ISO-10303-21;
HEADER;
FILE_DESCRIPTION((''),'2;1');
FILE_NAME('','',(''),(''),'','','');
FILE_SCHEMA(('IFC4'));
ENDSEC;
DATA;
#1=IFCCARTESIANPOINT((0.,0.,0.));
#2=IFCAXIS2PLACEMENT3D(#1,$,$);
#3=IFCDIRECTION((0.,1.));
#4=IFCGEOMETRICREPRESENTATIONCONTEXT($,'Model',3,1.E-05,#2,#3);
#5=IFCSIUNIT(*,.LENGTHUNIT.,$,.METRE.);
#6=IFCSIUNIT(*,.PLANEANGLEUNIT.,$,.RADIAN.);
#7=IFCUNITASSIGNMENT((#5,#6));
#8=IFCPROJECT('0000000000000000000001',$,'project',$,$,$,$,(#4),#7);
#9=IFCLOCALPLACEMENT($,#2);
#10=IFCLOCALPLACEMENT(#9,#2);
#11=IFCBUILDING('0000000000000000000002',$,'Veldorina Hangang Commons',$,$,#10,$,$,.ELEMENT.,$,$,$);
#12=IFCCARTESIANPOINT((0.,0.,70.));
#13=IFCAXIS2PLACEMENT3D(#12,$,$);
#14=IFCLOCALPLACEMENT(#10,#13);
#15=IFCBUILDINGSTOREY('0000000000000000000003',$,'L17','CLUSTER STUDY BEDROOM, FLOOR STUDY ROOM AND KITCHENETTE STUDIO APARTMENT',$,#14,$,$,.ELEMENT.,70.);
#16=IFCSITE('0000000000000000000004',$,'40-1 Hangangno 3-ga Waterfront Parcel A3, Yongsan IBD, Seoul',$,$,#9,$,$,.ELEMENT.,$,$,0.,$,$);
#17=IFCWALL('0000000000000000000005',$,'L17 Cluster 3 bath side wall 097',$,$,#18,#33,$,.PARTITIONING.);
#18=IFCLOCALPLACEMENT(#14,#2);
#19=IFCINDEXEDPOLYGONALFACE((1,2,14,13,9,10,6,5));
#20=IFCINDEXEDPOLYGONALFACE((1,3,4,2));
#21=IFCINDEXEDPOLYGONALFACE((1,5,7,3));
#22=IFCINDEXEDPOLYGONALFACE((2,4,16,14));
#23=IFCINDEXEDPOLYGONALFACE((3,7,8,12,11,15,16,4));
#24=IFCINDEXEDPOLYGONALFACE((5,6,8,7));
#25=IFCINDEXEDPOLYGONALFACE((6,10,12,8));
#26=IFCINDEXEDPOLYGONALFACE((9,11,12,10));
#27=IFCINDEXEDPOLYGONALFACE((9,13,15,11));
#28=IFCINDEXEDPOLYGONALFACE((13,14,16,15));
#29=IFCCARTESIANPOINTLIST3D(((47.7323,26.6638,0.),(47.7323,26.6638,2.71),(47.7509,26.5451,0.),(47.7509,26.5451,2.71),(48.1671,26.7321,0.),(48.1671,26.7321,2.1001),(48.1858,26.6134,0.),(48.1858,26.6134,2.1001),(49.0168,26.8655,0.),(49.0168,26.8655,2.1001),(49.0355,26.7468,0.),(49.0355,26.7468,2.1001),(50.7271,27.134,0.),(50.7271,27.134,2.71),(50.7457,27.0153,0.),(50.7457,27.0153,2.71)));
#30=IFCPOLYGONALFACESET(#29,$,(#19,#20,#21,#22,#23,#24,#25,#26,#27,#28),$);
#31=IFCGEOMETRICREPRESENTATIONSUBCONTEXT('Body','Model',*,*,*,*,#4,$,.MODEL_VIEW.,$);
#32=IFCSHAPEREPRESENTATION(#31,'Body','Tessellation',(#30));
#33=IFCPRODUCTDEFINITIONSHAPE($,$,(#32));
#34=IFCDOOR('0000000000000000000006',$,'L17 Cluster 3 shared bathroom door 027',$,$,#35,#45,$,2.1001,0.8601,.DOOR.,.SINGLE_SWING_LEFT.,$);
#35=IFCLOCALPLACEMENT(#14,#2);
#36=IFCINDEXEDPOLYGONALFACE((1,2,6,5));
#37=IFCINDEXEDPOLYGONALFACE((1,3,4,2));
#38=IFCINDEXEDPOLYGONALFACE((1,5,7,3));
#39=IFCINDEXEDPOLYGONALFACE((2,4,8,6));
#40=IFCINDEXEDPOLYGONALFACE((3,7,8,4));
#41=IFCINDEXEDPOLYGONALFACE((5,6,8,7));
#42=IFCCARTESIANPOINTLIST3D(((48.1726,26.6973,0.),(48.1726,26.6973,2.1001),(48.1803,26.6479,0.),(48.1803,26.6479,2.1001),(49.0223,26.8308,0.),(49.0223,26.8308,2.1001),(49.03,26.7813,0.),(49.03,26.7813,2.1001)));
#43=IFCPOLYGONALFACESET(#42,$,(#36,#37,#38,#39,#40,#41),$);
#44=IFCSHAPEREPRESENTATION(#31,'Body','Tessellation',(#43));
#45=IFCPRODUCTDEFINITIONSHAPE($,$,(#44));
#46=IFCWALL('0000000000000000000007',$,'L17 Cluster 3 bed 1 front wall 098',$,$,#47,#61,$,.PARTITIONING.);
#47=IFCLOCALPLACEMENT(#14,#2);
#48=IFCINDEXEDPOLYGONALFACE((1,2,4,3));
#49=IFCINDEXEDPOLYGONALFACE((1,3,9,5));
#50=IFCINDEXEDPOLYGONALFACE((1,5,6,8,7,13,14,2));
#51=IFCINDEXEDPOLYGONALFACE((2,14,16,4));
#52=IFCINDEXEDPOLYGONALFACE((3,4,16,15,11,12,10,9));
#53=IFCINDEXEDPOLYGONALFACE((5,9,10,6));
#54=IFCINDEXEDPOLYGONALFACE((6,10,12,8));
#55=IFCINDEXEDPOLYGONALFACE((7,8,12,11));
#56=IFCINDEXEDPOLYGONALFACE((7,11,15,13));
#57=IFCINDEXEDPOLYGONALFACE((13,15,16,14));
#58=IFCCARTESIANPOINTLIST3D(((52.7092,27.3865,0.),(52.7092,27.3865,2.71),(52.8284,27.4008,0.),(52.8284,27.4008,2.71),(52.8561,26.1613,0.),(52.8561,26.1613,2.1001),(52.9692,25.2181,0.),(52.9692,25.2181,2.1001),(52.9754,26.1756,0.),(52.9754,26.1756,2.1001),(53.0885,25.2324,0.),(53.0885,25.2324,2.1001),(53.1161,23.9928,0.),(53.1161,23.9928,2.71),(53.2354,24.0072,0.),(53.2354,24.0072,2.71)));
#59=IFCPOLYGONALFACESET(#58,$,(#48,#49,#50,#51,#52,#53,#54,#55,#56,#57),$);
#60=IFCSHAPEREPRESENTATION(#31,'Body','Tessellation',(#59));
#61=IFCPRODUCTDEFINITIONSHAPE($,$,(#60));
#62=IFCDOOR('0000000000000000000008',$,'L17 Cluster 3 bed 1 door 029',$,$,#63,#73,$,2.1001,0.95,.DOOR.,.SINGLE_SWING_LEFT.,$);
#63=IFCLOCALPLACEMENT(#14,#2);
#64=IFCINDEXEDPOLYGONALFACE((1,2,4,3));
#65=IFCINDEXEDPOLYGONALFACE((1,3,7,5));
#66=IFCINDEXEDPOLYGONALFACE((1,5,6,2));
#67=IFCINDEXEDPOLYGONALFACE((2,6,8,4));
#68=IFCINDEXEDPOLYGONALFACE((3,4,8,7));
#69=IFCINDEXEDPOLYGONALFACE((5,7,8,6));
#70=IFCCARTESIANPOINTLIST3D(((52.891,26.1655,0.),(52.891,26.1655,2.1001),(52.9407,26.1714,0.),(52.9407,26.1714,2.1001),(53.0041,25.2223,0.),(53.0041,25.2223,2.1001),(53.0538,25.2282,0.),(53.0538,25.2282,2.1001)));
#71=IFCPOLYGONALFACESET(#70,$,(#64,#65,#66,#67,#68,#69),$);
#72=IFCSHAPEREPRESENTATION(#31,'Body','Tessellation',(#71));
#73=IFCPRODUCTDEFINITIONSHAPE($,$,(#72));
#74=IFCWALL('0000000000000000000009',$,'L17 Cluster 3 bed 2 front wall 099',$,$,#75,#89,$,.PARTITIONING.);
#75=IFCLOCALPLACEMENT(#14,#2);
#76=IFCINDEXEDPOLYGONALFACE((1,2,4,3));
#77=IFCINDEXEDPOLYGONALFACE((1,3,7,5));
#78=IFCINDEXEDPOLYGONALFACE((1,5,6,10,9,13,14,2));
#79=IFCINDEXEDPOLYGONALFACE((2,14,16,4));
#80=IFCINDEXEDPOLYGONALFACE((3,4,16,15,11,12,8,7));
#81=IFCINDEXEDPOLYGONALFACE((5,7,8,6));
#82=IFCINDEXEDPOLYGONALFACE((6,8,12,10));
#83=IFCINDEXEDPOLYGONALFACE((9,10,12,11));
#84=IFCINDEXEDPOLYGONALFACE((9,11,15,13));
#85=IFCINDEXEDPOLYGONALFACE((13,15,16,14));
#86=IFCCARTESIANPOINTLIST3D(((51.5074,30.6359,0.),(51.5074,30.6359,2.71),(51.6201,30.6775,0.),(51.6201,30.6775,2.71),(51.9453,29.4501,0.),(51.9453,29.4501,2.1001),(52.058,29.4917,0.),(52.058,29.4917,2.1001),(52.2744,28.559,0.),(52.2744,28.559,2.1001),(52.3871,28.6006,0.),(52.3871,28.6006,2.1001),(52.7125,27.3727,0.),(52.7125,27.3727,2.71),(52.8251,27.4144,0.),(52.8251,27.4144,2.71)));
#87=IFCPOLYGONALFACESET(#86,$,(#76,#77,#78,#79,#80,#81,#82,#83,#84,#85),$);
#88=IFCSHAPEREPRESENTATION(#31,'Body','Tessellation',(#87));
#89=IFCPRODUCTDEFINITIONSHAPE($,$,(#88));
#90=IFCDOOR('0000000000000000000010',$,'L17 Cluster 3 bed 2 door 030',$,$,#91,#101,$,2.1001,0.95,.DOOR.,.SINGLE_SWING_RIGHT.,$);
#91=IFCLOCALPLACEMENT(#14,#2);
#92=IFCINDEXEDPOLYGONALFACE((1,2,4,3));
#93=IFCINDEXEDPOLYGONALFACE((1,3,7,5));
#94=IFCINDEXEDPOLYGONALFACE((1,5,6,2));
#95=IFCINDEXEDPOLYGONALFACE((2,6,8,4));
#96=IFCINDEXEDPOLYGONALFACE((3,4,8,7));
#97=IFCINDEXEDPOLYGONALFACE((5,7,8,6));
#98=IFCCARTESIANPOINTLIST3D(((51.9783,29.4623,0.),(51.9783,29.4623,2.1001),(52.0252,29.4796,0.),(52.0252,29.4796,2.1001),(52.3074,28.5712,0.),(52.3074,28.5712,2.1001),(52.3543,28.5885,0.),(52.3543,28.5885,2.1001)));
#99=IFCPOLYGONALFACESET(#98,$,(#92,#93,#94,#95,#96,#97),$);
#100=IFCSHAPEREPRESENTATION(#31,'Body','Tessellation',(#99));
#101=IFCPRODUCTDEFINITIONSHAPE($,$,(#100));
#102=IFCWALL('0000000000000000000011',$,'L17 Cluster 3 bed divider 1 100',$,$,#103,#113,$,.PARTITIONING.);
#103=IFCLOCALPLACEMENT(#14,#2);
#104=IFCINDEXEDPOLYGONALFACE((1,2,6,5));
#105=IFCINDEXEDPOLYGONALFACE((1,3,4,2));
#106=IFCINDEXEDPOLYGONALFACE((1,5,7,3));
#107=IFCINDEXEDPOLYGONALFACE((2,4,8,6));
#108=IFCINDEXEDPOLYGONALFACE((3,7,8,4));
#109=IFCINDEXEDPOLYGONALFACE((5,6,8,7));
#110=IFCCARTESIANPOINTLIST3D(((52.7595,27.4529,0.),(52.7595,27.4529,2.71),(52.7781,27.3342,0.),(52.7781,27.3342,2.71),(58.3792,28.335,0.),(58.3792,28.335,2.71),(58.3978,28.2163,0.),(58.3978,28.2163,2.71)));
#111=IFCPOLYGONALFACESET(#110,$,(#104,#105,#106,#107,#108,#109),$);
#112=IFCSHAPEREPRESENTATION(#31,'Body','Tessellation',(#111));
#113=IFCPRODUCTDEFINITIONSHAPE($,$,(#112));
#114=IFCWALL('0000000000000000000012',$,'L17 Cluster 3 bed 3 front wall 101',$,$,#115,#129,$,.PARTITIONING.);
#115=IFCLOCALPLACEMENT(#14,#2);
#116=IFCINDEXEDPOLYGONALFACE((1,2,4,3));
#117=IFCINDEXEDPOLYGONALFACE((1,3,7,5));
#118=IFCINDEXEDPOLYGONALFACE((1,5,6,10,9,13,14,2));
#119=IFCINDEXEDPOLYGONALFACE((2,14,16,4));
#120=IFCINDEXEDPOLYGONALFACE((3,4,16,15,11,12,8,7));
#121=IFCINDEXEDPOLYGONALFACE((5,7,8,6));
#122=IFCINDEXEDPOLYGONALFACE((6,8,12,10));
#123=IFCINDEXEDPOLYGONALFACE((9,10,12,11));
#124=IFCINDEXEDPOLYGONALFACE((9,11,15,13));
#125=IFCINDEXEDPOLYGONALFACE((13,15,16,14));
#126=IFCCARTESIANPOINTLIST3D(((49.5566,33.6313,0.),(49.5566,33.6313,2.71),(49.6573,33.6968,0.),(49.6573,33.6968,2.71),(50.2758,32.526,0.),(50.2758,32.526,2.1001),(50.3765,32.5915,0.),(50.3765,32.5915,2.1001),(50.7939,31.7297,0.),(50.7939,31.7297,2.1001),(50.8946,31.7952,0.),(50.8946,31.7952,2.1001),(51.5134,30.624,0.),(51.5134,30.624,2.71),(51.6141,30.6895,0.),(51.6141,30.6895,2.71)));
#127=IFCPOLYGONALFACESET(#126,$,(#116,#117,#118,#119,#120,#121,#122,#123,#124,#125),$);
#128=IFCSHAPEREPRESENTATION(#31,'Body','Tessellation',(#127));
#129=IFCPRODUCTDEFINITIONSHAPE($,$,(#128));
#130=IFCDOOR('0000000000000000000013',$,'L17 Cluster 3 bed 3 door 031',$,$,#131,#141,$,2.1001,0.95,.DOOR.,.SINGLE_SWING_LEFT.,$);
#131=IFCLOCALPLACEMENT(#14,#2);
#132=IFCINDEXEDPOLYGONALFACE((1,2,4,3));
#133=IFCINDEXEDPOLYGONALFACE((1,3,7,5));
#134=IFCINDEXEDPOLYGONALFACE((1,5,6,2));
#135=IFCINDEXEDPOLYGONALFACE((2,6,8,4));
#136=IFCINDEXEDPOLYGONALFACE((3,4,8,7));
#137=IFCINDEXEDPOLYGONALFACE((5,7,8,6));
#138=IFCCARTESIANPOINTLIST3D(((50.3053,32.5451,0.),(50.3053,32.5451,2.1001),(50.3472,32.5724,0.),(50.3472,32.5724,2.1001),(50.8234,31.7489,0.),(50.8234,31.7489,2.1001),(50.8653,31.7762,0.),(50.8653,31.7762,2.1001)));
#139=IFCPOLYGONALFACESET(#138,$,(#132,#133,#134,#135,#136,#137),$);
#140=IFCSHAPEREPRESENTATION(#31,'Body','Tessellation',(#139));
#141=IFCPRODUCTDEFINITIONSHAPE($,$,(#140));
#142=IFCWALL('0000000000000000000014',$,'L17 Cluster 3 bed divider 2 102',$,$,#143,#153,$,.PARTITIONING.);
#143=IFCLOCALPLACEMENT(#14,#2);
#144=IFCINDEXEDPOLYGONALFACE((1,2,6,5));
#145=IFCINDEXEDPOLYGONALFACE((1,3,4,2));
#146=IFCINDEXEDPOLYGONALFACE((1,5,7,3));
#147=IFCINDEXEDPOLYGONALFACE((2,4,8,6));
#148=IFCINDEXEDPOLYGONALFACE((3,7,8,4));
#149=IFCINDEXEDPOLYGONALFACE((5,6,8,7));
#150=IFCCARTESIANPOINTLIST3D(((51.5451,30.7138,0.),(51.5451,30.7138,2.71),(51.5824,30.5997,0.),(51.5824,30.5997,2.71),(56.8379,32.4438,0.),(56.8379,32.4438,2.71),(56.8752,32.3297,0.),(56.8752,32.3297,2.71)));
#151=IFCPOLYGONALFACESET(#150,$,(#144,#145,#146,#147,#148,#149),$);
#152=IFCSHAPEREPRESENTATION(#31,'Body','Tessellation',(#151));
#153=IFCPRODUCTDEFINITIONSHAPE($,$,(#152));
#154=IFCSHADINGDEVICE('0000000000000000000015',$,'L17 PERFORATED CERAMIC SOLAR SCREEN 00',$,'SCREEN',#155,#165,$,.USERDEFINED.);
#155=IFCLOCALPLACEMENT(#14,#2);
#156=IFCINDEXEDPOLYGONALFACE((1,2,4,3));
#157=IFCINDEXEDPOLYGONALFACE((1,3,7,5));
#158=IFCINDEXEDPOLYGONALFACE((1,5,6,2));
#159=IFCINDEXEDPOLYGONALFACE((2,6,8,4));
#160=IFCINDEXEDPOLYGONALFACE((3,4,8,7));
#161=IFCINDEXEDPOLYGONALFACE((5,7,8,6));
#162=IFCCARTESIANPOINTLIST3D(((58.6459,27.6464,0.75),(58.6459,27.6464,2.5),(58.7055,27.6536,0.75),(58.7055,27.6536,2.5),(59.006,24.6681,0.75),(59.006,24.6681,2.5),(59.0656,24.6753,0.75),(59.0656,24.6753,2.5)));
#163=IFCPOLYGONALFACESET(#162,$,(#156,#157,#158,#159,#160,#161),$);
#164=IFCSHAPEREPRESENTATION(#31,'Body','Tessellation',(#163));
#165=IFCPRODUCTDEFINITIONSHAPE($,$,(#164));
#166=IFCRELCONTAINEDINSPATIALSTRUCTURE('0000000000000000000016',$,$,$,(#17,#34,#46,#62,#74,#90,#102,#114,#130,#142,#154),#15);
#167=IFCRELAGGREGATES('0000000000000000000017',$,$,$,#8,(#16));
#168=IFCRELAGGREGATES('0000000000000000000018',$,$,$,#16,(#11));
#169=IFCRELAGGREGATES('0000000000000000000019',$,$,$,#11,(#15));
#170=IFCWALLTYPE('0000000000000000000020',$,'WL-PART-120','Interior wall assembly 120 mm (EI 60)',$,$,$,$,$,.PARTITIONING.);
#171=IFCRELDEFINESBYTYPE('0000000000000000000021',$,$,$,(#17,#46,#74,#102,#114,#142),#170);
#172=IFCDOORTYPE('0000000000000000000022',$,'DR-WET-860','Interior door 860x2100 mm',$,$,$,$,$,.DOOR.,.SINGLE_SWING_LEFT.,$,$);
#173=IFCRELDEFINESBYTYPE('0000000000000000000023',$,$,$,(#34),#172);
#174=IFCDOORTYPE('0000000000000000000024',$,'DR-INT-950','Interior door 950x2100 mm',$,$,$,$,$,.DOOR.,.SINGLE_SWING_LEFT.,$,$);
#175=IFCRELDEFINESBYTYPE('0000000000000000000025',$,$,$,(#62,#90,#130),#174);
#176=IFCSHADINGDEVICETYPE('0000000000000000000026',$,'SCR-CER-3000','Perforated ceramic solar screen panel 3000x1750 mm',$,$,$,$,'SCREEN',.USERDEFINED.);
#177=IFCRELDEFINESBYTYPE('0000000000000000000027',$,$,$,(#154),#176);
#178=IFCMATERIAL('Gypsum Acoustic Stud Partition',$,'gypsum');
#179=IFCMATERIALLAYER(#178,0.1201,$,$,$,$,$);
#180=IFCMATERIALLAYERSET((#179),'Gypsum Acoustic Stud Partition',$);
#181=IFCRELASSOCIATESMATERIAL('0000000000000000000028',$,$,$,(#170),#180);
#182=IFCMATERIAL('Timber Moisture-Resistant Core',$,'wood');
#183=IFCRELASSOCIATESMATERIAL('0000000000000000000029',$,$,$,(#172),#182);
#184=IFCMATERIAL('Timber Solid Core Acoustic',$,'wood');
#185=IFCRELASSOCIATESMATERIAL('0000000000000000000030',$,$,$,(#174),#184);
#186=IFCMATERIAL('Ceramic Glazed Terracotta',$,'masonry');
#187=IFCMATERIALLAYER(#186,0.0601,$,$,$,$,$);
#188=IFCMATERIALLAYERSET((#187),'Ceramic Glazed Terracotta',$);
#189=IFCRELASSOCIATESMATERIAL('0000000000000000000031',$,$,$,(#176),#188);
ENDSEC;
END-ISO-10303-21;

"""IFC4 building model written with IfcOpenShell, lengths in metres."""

from ifc_helpers import new_model, si_unit, direction, frame, frame_2d, origin, origin_2d, place, context, subcontext, project, spatial, rectangle, extrude, material, layer, layer_set, type_object, element, fill, save


model = new_model("IFC4")

# Units and contexts
model_context = context("Model", 3, precision=1e-05, world=origin(), true_north=direction((0.0, 1.0)))
body_context = subcontext(model_context, "Body", "Model", "MODEL_VIEW")
ifc_project = project(units=[si_unit("LENGTHUNIT", "METRE"), si_unit("PLANEANGLEUNIT", "RADIAN")], contexts=[model_context])

# Site, building, storey
site_placement = place(None, origin())
site = spatial("IfcSite", under=ifc_project, at=site_placement, Name="40-1 Hangangno 3-ga Waterfront Parcel A3, Yongsan IBD, Seoul", CompositionType="ELEMENT", RefElevation=0.0)
building_placement = place(site_placement, origin())
building = spatial("IfcBuilding", under=site, at=building_placement, Name="Veldorina Hangang Commons", CompositionType="ELEMENT")
storey_placement = place(building_placement, frame((0.0, 0.0, 70.0)))
storey = spatial("IfcBuildingStorey", under=building, at=storey_placement, Name="L17", Description="CLUSTER STUDY BEDROOM, FLOOR STUDY ROOM AND KITCHENETTE STUDIO APARTMENT", CompositionType="ELEMENT", Elevation=70.0)

# Shared definitions
ifc_material_1 = material(Name="Gypsum Acoustic Stud Partition", Category="gypsum")
ifc_layer_1 = layer(ifc_material_1, 0.1201)
ifc_layer_set_1 = layer_set([ifc_layer_1], Name="Gypsum Acoustic Stud Partition")
wall_type_1 = type_object("IfcWallType", Name="WL-PART-120", Description="Interior wall assembly 120 mm (EI 60)", PredefinedType="PARTITIONING", material=ifc_layer_set_1)

# Walls, openings, doors
wall_1_placement = place(storey_placement, frame((47.7417, 26.6045, 0.0), z_axis=(0.0, 0.0, 1.0), x_axis=(0.987898, 0.155106, 0.0)))
wall_1 = element("IfcWall", 1, at=wall_1_placement, inside=storey, type_object=wall_type_1, Name="L17 Cluster 3 bath side wall 097", PredefinedType="PARTITIONING", context=body_context, shape_type="SweptSolid", body=[
    extrude(rectangle(XDim=3.0315, YDim=0.1201, at=frame_2d((1.5156, 0.0))), origin(), (0.0, 0.0, 1.0), 2.71),
])
opening_1_placement = place(wall_1_placement, frame((0.4399, 0.0, 0.0)))
opening_1 = element("IfcOpeningElement", 2, at=opening_1_placement, cuts=wall_1, PredefinedType="OPENING", context=body_context, shape_type="SweptSolid", body=[
    extrude(rectangle(XDim=0.8601, YDim=2.1001, at=frame_2d((0.4302, 1.05))), frame((0.0, 0.0701, 0.0), z_axis=(0.0, -1.0, 0.0), x_axis=(1.0, 0.0, 0.0)), (0.0, 0.0, 1.0), 0.1401),
])
ifc_material_2 = material(Name="Timber Moisture-Resistant Core", Category="wood")
door_type_1 = type_object("IfcDoorType", Name="DR-WET-860", Description="Interior door 860x2100 mm", OperationType="SINGLE_SWING_LEFT", PredefinedType="DOOR", material=ifc_material_2)
door_1_placement = place(opening_1_placement, origin())
door_1 = element("IfcDoor", 3, at=door_1_placement, inside=storey, type_object=door_type_1, Name="L17 Cluster 3 shared bathroom door 027", OperationType="SINGLE_SWING_LEFT", OverallHeight=2.1001, OverallWidth=0.8601, PredefinedType="DOOR", context=body_context, shape_type="SweptSolid", body=[
    extrude(rectangle(XDim=0.8601, YDim=2.1001, at=frame_2d((0.4302, 1.05))), frame((0.0, 0.0249, 0.0), z_axis=(0.0, -1.0, 0.0), x_axis=(1.0, 0.0, 0.0)), (0.0, 0.0, 1.0), 0.05),
])
fill(opening_1, door_1)
wall_2_placement = place(storey_placement, frame((53.1758, 24.0, 0.0), z_axis=(0.0, 0.0, 1.0), x_axis=(-0.119075, 0.992885, 0.0)))
wall_2 = element("IfcWall", 4, at=wall_2_placement, inside=storey, type_object=wall_type_1, Name="L17 Cluster 3 bed 1 front wall 098", PredefinedType="PARTITIONING", context=body_context, shape_type="SweptSolid", body=[
    extrude(rectangle(XDim=3.418, YDim=0.1201, at=frame_2d((1.709, 0.0))), origin(), (0.0, 0.0, 1.0), 2.71),
])
opening_2_placement = place(wall_2_placement, frame((1.2339, 0.0, 0.0)))
opening_2 = element("IfcOpeningElement", 5, at=opening_2_placement, cuts=wall_2, PredefinedType="OPENING", context=body_context, shape_type="SweptSolid", body=[
    extrude(rectangle(XDim=0.95, YDim=2.1001, at=frame_2d((0.4751, 1.05))), frame((0.0, 0.0701, 0.0), z_axis=(0.0, -1.0, 0.0), x_axis=(1.0, 0.0, 0.0)), (0.0, 0.0, 1.0), 0.1401),
])
ifc_material_3 = material(Name="Timber Solid Core Acoustic", Category="wood")
door_type_2 = type_object("IfcDoorType", Name="DR-INT-950", Description="Interior door 950x2100 mm", OperationType="SINGLE_SWING_LEFT", PredefinedType="DOOR", material=ifc_material_3)
door_2_placement = place(opening_2_placement, origin())
door_2 = element("IfcDoor", 6, at=door_2_placement, inside=storey, type_object=door_type_2, Name="L17 Cluster 3 bed 1 door 029", OperationType="SINGLE_SWING_LEFT", OverallHeight=2.1001, OverallWidth=0.95, PredefinedType="DOOR", context=body_context, shape_type="SweptSolid", body=[
    extrude(rectangle(XDim=0.95, YDim=2.1001, at=frame_2d((0.4751, 1.05))), frame((0.0, 0.0249, 0.0), z_axis=(0.0, -1.0, 0.0), x_axis=(1.0, 0.0, 0.0)), (0.0, 0.0, 1.0), 0.05),
])
fill(opening_2, door_2)
wall_3_placement = place(storey_placement, frame((52.7688, 27.3936, 0.0), z_axis=(0.0, 0.0, 1.0), x_axis=(-0.346427, 0.938077, 0.0)))
wall_3 = element("IfcWall", 7, at=wall_3_placement, inside=storey, type_object=wall_type_1, Name="L17 Cluster 3 bed 2 front wall 099", PredefinedType="PARTITIONING", context=body_context, shape_type="SweptSolid", body=[
    extrude(rectangle(XDim=3.4785, YDim=0.1201, at=frame_2d((1.7393, 0.0))), origin(), (0.0, 0.0, 1.0), 2.71),
])
opening_3_placement = place(wall_3_placement, frame((1.2644, 0.0, 0.0)))
opening_3 = element("IfcOpeningElement", 8, at=opening_3_placement, cuts=wall_3, PredefinedType="OPENING", context=body_context, shape_type="SweptSolid", body=[
    extrude(rectangle(XDim=0.95, YDim=2.1001, at=frame_2d((0.4751, 1.05))), frame((0.0, 0.0701, 0.0), z_axis=(0.0, -1.0, 0.0), x_axis=(1.0, 0.0, 0.0)), (0.0, 0.0, 1.0), 0.1401),
])
door_3_placement = place(opening_3_placement, origin())
door_3 = element("IfcDoor", 9, at=door_3_placement, inside=storey, type_object=door_type_2, Name="L17 Cluster 3 bed 2 door 030", OperationType="SINGLE_SWING_RIGHT", OverallHeight=2.1001, OverallWidth=0.95, PredefinedType="DOOR", context=body_context, shape_type="SweptSolid", body=[
    extrude(rectangle(XDim=0.95, YDim=2.1001, at=frame_2d((0.4751, 1.05))), frame((0.0, 0.0249, 0.0), z_axis=(0.0, -1.0, 0.0), x_axis=(1.0, 0.0, 0.0)), (0.0, 0.0, 1.0), 0.05),
])
fill(opening_3, door_3)

# Wall
wall_4_placement = place(storey_placement, frame((52.7688, 27.3936, 0.0), z_axis=(0.0, 0.0, 1.0), x_axis=(0.987904, 0.155066, 0.0)))
element("IfcWall", 10, at=wall_4_placement, inside=storey, type_object=wall_type_1, Name="L17 Cluster 3 bed divider 1 100", PredefinedType="PARTITIONING", context=body_context, shape_type="SweptSolid", body=[
    extrude(rectangle(XDim=5.6885, YDim=0.1201, at=frame_2d((2.8442, 0.0))), origin(), (0.0, 0.0, 1.0), 2.71),
])

# Wall, opening, door
wall_5_placement = place(storey_placement, frame((51.5637, 30.6567, 0.0), z_axis=(0.0, 0.0, 1.0), x_axis=(-0.545385, 0.838185, 0.0)))
wall_5 = element("IfcWall", 11, at=wall_5_placement, inside=storey, type_object=wall_type_1, Name="L17 Cluster 3 bed 3 front wall 101", PredefinedType="PARTITIONING", context=body_context, shape_type="SweptSolid", body=[
    extrude(rectangle(XDim=3.5879, YDim=0.1201, at=frame_2d((1.7939, 0.0))), origin(), (0.0, 0.0, 1.0), 2.71),
])
opening_4_placement = place(wall_5_placement, frame((1.3191, 0.0, 0.0)))
opening_4 = element("IfcOpeningElement", 12, at=opening_4_placement, cuts=wall_5, PredefinedType="OPENING", context=body_context, shape_type="SweptSolid", body=[
    extrude(rectangle(XDim=0.95, YDim=2.1001, at=frame_2d((0.4751, 1.05))), frame((0.0, 0.0701, 0.0), z_axis=(0.0, -1.0, 0.0), x_axis=(1.0, 0.0, 0.0)), (0.0, 0.0, 1.0), 0.1401),
])
door_4_placement = place(opening_4_placement, origin())
door_4 = element("IfcDoor", 13, at=door_4_placement, inside=storey, type_object=door_type_2, Name="L17 Cluster 3 bed 3 door 031", OperationType="SINGLE_SWING_LEFT", OverallHeight=2.1001, OverallWidth=0.95, PredefinedType="DOOR", context=body_context, shape_type="SweptSolid", body=[
    extrude(rectangle(XDim=0.95, YDim=2.1001, at=frame_2d((0.4751, 1.05))), frame((0.0, 0.0249, 0.0), z_axis=(0.0, -1.0, 0.0), x_axis=(1.0, 0.0, 0.0)), (0.0, 0.0, 1.0), 0.05),
])
fill(opening_4, door_4)

# Wall
wall_6_placement = place(storey_placement, frame((51.5637, 30.6567, 0.0), z_axis=(0.0, 0.0, 1.0), x_axis=(0.950513, 0.310685, 0.0)))
element("IfcWall", 14, at=wall_6_placement, inside=storey, type_object=wall_type_1, Name="L17 Cluster 3 bed divider 2 102", PredefinedType="PARTITIONING", context=body_context, shape_type="SweptSolid", body=[
    extrude(rectangle(XDim=5.5684, YDim=0.1201, at=frame_2d((2.7842, 0.0))), origin(), (0.0, 0.0, 1.0), 2.71),
])

# Shading device
ifc_material_4 = material(Name="Ceramic Glazed Terracotta", Category="masonry")
ifc_layer_2 = layer(ifc_material_4, 0.0601)
ifc_layer_set_2 = layer_set([ifc_layer_2], Name="Ceramic Glazed Terracotta")
shading_device_type = type_object("IfcShadingDeviceType", Name="SCR-CER-3000", Description="Perforated ceramic solar screen panel 3000x1750 mm", ElementType="SCREEN", PredefinedType="USERDEFINED", material=ifc_layer_set_2)
shading_device_placement = place(storey_placement, frame((58.8557, 26.1609, 0.75), z_axis=(0.0, 0.0, 1.0), x_axis=(-0.120033, 0.99277, 0.0)))
element("IfcShadingDevice", 15, at=shading_device_placement, inside=storey, type_object=shading_device_type, Name="L17 PERFORATED CERAMIC SOLAR SCREEN 00", ObjectType="SCREEN", PredefinedType="USERDEFINED", context=body_context, shape_type="SweptSolid", body=[
    extrude(rectangle(XDim=3.0, YDim=0.0601, at=origin_2d()), origin(), (0.0, 0.0, 1.0), 1.75),
])

save(model, "model.ifc")
